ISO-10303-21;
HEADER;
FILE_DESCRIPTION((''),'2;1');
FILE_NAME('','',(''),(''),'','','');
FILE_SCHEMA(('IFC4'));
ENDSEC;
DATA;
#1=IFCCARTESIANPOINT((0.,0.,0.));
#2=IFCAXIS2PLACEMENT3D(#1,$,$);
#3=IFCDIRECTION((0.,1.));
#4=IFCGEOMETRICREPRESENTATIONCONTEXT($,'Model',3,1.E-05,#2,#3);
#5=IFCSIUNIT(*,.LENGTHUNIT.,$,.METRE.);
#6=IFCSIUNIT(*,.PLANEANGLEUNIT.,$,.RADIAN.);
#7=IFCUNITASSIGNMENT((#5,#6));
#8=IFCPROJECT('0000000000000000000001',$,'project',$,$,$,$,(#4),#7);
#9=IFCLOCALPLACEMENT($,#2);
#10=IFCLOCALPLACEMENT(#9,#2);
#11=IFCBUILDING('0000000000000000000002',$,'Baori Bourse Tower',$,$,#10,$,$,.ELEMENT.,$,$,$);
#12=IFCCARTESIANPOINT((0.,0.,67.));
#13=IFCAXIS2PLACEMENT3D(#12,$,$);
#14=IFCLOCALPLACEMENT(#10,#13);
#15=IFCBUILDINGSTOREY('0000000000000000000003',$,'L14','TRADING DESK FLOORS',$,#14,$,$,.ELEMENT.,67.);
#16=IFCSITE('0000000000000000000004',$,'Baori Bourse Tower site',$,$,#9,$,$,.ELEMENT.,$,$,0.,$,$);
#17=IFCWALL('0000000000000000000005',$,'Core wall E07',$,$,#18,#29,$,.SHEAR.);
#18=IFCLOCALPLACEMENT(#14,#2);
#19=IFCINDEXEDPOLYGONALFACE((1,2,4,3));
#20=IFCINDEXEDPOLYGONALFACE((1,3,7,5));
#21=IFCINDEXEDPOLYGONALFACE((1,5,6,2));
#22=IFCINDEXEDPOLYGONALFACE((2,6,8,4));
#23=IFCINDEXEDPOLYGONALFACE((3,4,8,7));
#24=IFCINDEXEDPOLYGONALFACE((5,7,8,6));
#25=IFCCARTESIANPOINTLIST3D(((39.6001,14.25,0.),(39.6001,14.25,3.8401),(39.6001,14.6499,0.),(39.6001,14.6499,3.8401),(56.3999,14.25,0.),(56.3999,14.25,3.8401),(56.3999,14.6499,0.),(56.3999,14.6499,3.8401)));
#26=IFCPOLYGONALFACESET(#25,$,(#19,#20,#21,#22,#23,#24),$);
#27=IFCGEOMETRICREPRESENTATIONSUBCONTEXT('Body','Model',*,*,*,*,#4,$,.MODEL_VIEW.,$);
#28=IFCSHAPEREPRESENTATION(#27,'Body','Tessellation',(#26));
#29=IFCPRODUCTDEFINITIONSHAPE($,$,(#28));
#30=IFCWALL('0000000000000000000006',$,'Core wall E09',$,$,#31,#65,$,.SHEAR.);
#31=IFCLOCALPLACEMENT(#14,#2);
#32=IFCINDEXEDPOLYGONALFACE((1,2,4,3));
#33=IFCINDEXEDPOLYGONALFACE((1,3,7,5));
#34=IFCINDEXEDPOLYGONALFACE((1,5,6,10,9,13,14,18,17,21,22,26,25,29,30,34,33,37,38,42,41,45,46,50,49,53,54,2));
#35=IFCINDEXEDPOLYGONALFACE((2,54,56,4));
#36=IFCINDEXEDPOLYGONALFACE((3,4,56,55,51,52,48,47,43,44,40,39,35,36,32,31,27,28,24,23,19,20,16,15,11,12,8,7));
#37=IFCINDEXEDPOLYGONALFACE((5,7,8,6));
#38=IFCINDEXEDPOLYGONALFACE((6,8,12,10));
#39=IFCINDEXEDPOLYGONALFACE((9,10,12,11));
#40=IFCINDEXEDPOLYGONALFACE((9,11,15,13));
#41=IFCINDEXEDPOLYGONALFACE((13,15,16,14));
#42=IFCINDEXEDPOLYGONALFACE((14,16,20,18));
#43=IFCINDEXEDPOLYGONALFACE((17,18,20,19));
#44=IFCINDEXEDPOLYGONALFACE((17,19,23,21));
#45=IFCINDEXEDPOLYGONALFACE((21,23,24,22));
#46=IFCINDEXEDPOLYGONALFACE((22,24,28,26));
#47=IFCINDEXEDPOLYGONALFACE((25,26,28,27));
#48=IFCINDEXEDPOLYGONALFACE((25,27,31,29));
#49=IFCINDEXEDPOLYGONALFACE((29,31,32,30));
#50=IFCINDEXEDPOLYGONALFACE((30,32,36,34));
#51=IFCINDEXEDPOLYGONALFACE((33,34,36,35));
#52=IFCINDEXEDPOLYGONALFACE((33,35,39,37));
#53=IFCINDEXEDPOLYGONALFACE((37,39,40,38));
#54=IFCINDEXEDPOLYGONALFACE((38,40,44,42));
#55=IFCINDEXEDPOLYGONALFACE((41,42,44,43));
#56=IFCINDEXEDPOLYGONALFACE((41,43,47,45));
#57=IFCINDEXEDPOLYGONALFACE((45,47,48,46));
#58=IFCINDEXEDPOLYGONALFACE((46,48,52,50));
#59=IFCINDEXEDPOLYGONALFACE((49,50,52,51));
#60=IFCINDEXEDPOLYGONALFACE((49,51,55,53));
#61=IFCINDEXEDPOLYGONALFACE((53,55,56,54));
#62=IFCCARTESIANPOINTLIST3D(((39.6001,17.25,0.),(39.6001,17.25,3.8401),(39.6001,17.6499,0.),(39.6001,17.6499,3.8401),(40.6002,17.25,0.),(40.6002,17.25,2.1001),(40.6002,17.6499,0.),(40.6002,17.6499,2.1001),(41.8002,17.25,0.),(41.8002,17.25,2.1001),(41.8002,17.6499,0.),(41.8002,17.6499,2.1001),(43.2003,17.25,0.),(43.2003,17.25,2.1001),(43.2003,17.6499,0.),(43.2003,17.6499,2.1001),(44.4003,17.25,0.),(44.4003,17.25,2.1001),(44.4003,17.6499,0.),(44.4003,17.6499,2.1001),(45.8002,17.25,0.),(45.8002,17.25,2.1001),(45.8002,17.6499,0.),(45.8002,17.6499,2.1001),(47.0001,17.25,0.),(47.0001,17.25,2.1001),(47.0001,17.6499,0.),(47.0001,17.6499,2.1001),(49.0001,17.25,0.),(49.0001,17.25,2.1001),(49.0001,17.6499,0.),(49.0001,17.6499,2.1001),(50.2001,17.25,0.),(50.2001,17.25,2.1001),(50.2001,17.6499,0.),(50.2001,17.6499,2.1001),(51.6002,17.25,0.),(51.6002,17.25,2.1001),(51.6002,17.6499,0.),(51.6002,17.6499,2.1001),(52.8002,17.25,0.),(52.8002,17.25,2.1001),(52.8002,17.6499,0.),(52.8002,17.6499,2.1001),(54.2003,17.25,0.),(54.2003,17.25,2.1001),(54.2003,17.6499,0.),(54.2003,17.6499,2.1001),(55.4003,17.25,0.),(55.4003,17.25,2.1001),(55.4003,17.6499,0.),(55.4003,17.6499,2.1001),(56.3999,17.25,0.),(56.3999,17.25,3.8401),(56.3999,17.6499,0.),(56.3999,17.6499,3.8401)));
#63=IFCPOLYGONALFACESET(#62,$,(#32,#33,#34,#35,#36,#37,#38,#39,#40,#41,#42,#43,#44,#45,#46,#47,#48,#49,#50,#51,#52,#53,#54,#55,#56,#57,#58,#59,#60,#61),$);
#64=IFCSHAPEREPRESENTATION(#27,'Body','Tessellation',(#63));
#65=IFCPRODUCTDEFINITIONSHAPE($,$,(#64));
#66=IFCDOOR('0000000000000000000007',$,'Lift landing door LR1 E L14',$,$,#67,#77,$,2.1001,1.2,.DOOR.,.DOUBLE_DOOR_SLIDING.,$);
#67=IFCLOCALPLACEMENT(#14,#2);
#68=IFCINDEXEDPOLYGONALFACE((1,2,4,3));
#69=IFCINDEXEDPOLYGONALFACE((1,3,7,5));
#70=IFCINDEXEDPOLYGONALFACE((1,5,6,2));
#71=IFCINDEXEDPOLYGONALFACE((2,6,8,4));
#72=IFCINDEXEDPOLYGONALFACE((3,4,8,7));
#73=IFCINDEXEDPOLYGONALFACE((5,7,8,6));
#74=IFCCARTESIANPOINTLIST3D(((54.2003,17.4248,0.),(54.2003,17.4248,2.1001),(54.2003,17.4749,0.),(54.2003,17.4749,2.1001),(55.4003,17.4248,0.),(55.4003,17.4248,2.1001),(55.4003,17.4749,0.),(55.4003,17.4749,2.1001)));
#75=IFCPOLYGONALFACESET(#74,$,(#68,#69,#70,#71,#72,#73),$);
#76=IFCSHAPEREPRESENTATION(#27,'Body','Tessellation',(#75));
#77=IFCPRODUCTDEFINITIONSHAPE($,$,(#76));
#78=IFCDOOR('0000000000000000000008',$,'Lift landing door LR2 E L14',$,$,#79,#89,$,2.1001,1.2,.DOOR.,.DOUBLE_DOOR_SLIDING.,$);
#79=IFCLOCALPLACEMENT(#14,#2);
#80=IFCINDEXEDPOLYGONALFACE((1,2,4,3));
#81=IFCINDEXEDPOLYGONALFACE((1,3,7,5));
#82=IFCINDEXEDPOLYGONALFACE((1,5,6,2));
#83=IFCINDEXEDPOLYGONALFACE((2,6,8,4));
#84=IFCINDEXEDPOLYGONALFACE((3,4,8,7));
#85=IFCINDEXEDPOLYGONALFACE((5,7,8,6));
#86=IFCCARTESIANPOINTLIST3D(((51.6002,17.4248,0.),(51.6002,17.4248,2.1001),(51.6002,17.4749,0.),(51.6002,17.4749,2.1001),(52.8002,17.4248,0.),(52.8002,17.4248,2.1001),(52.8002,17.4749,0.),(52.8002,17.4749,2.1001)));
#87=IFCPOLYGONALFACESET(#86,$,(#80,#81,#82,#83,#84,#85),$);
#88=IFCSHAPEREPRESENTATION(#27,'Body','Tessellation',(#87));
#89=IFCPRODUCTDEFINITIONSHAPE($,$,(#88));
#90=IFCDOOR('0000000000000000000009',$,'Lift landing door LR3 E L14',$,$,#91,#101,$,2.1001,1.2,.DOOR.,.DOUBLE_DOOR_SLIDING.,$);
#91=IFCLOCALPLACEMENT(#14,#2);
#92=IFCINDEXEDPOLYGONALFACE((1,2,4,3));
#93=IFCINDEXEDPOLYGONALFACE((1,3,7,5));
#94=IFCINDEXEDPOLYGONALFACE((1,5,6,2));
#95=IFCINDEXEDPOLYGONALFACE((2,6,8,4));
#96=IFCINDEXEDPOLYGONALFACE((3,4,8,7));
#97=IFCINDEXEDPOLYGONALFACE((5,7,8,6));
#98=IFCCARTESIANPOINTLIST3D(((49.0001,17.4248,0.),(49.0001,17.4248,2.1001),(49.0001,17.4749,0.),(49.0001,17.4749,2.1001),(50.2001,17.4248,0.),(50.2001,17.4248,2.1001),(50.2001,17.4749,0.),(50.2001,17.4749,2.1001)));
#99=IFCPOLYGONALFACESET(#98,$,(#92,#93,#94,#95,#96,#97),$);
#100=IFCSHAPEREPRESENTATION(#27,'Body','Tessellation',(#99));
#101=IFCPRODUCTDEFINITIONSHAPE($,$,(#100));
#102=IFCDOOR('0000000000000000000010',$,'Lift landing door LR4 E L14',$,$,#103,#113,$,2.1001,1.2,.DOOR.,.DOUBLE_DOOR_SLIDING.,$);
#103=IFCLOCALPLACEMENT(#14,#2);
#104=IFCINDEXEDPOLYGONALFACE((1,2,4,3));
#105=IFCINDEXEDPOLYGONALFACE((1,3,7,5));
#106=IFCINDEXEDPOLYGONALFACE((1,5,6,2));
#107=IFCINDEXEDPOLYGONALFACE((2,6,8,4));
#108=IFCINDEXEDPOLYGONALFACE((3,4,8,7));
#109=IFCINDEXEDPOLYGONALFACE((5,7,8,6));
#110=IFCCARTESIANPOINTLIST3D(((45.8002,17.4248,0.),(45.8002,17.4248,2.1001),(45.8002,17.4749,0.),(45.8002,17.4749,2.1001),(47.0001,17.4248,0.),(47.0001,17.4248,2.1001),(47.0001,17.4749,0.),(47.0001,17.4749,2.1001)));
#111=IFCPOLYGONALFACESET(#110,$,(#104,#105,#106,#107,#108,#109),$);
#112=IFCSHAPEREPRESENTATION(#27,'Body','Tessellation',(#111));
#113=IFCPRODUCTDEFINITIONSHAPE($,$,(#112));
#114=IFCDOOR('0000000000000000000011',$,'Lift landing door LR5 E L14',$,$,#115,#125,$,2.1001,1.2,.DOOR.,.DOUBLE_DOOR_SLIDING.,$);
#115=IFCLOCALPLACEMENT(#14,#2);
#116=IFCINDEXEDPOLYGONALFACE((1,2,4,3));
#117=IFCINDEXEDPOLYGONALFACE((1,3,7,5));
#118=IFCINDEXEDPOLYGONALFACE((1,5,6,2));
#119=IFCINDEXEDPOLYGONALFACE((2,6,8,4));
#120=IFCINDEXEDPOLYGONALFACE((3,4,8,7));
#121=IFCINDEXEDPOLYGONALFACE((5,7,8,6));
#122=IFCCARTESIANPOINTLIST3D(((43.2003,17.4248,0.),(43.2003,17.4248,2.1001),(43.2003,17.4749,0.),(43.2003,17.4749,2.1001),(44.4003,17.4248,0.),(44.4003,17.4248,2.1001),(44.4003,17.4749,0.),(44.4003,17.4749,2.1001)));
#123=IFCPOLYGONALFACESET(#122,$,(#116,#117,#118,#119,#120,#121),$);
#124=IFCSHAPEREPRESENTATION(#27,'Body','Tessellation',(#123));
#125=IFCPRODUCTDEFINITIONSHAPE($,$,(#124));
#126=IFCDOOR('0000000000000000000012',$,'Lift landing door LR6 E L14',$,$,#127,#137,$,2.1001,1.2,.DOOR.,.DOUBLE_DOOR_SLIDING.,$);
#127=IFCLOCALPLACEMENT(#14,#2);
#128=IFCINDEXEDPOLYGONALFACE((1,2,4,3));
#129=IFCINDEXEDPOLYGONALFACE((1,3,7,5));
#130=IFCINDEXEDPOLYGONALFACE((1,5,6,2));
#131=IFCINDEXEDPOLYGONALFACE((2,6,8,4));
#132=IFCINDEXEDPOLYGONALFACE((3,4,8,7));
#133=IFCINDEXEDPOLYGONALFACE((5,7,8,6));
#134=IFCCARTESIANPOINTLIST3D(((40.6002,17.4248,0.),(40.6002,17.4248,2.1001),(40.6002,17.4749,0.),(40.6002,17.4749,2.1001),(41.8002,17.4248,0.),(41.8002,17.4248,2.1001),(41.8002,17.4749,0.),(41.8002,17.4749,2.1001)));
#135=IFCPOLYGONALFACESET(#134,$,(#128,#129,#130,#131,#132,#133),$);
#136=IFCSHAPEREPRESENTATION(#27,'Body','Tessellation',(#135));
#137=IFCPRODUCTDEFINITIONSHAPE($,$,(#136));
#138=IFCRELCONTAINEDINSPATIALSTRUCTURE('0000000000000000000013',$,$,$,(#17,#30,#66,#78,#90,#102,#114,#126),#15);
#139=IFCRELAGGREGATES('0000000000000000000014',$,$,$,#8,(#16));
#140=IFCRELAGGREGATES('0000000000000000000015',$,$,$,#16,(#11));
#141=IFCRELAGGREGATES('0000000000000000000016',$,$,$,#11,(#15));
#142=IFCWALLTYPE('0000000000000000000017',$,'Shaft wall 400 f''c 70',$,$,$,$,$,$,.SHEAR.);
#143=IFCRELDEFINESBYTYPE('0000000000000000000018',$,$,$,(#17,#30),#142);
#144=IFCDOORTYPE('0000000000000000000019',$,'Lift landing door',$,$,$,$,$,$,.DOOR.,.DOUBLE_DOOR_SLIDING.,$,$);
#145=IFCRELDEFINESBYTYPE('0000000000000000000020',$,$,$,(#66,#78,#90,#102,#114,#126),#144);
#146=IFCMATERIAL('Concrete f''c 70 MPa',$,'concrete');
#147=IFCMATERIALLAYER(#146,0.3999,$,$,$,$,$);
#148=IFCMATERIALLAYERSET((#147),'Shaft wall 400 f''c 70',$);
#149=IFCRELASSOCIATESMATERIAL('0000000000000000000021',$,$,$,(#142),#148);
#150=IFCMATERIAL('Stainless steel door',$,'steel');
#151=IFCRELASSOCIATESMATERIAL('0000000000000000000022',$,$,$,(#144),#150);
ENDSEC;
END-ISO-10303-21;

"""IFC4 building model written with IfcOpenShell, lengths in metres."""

from ifc_helpers import new_model, si_unit, direction, frame, frame_2d, origin, place, context, subcontext, project, spatial, rectangle, extrude, material, layer, layer_set, type_object, element, fill, save


model = new_model("IFC4")

# Units and contexts
model_context = context("Model", 3, precision=1e-05, world=origin(), true_north=direction((0.0, 1.0)))
body_context = subcontext(model_context, "Body", "Model", "MODEL_VIEW")
ifc_project = project(units=[si_unit("LENGTHUNIT", "METRE"), si_unit("PLANEANGLEUNIT", "RADIAN")], contexts=[model_context])

# Site, building, storey
site_placement = place(None, origin())
site = spatial("IfcSite", under=ifc_project, at=site_placement, Name="Baori Bourse Tower site", CompositionType="ELEMENT", RefElevation=0.0)
building_placement = place(site_placement, origin())
building = spatial("IfcBuilding", under=site, at=building_placement, Name="Baori Bourse Tower", CompositionType="ELEMENT")
storey_placement = place(building_placement, frame((0.0, 0.0, 67.0)))
storey = spatial("IfcBuildingStorey", under=building, at=storey_placement, Name="L14", Description="TRADING DESK FLOORS", CompositionType="ELEMENT", Elevation=67.0)

# Wall
ifc_material_1 = material(Name="Concrete f'c 70 MPa", Category="concrete")
ifc_layer_1 = layer(ifc_material_1, 0.3999)
ifc_layer_set_1 = layer_set([ifc_layer_1], Name="Shaft wall 400 f'c 70")
wall_type_1 = type_object("IfcWallType", Name="Shaft wall 400 f'c 70", PredefinedType="SHEAR", material=ifc_layer_set_1)
wall_1_placement = place(storey_placement, frame((39.6001, 14.45, 0.0), z_axis=(0.0, 0.0, 1.0), x_axis=(1.0, 0.0, 0.0)))
element("IfcWall", 1, at=wall_1_placement, inside=storey, type_object=wall_type_1, Name="Core wall E07", PredefinedType="SHEAR", context=body_context, shape_type="SweptSolid", body=[
    extrude(rectangle(XDim=16.7998, YDim=0.3999, at=frame_2d((8.3999, 0.0))), origin(), (0.0, 0.0, 1.0), 3.8401),
])

# Wall, openings, doors
wall_2_placement = place(storey_placement, frame((39.6001, 17.45, 0.0), z_axis=(0.0, 0.0, 1.0), x_axis=(1.0, 0.0, 0.0)))
wall_2 = element("IfcWall", 2, at=wall_2_placement, inside=storey, type_object=wall_type_1, Name="Core wall E09", PredefinedType="SHEAR", context=body_context, shape_type="SweptSolid", body=[
    extrude(rectangle(XDim=16.7998, YDim=0.3999, at=frame_2d((8.3999, 0.0))), origin(), (0.0, 0.0, 1.0), 3.8401),
])
opening_1_placement = place(wall_2_placement, frame((14.6001, 0.0, 0.0)))
opening_1 = element("IfcOpeningElement", 3, at=opening_1_placement, cuts=wall_2, PredefinedType="OPENING", context=body_context, shape_type="SweptSolid", body=[
    extrude(rectangle(XDim=1.2, YDim=2.1001, at=frame_2d((0.6001, 1.05))), frame((0.0, 0.21, 0.0), z_axis=(0.0, -1.0, 0.0), x_axis=(1.0, 0.0, 0.0)), (0.0, 0.0, 1.0), 0.4199),
])
opening_2_placement = place(wall_2_placement, frame((12.0, 0.0, 0.0)))
opening_2 = element("IfcOpeningElement", 4, at=opening_2_placement, cuts=wall_2, PredefinedType="OPENING", context=body_context, shape_type="SweptSolid", body=[
    extrude(rectangle(XDim=1.2, YDim=2.1001, at=frame_2d((0.6001, 1.05))), frame((0.0, 0.21, 0.0), z_axis=(0.0, -1.0, 0.0), x_axis=(1.0, 0.0, 0.0)), (0.0, 0.0, 1.0), 0.4199),
])
opening_3_placement = place(wall_2_placement, frame((9.3999, 0.0, 0.0)))
opening_3 = element("IfcOpeningElement", 5, at=opening_3_placement, cuts=wall_2, PredefinedType="OPENING", context=body_context, shape_type="SweptSolid", body=[
    extrude(rectangle(XDim=1.2, YDim=2.1001, at=frame_2d((0.6001, 1.05))), frame((0.0, 0.21, 0.0), z_axis=(0.0, -1.0, 0.0), x_axis=(1.0, 0.0, 0.0)), (0.0, 0.0, 1.0), 0.4199),
])
opening_4_placement = place(wall_2_placement, frame((6.2, 0.0, 0.0)))
opening_4 = element("IfcOpeningElement", 6, at=opening_4_placement, cuts=wall_2, PredefinedType="OPENING", context=body_context, shape_type="SweptSolid", body=[
    extrude(rectangle(XDim=1.2, YDim=2.1001, at=frame_2d((0.6001, 1.05))), frame((0.0, 0.21, 0.0), z_axis=(0.0, -1.0, 0.0), x_axis=(1.0, 0.0, 0.0)), (0.0, 0.0, 1.0), 0.4199),
])
opening_5_placement = place(wall_2_placement, frame((3.6001, 0.0, 0.0)))
opening_5 = element("IfcOpeningElement", 7, at=opening_5_placement, cuts=wall_2, PredefinedType="OPENING", context=body_context, shape_type="SweptSolid", body=[
    extrude(rectangle(XDim=1.2, YDim=2.1001, at=frame_2d((0.6001, 1.05))), frame((0.0, 0.21, 0.0), z_axis=(0.0, -1.0, 0.0), x_axis=(1.0, 0.0, 0.0)), (0.0, 0.0, 1.0), 0.4199),
])
opening_6_placement = place(wall_2_placement, frame((1.0, 0.0, 0.0)))
opening_6 = element("IfcOpeningElement", 8, at=opening_6_placement, cuts=wall_2, PredefinedType="OPENING", context=body_context, shape_type="SweptSolid", body=[
    extrude(rectangle(XDim=1.2, YDim=2.1001, at=frame_2d((0.6001, 1.05))), frame((0.0, 0.21, 0.0), z_axis=(0.0, -1.0, 0.0), x_axis=(1.0, 0.0, 0.0)), (0.0, 0.0, 1.0), 0.4199),
])
ifc_material_2 = material(Name="Stainless steel door", Category="steel")
door_type_1 = type_object("IfcDoorType", Name="Lift landing door", OperationType="DOUBLE_DOOR_SLIDING", PredefinedType="DOOR", material=ifc_material_2)
door_1_placement = place(opening_1_placement, origin())
door_1 = element("IfcDoor", 9, at=door_1_placement, inside=storey, type_object=door_type_1, Name="Lift landing door LR1 E L14", OperationType="DOUBLE_DOOR_SLIDING", OverallHeight=2.1001, OverallWidth=1.2, PredefinedType="DOOR", context=body_context, shape_type="SweptSolid", body=[
    extrude(rectangle(XDim=1.2, YDim=2.1001, at=frame_2d((0.6001, 1.05))), frame((0.0, 0.0249, 0.0), z_axis=(0.0, -1.0, 0.0), x_axis=(1.0, 0.0, 0.0)), (0.0, 0.0, 1.0), 0.05),
])
fill(opening_1, door_1)
door_2_placement = place(opening_2_placement, origin())
door_2 = element("IfcDoor", 10, at=door_2_placement, inside=storey, type_object=door_type_1, Name="Lift landing door LR2 E L14", OperationType="DOUBLE_DOOR_SLIDING", OverallHeight=2.1001, OverallWidth=1.2, PredefinedType="DOOR", context=body_context, shape_type="SweptSolid", body=[
    extrude(rectangle(XDim=1.2, YDim=2.1001, at=frame_2d((0.6001, 1.05))), frame((0.0, 0.0249, 0.0), z_axis=(0.0, -1.0, 0.0), x_axis=(1.0, 0.0, 0.0)), (0.0, 0.0, 1.0), 0.05),
])
fill(opening_2, door_2)
door_3_placement = place(opening_3_placement, origin())
door_3 = element("IfcDoor", 11, at=door_3_placement, inside=storey, type_object=door_type_1, Name="Lift landing door LR3 E L14", OperationType="DOUBLE_DOOR_SLIDING", OverallHeight=2.1001, OverallWidth=1.2, PredefinedType="DOOR", context=body_context, shape_type="SweptSolid", body=[
    extrude(rectangle(XDim=1.2, YDim=2.1001, at=frame_2d((0.6001, 1.05))), frame((0.0, 0.0249, 0.0), z_axis=(0.0, -1.0, 0.0), x_axis=(1.0, 0.0, 0.0)), (0.0, 0.0, 1.0), 0.05),
])
fill(opening_3, door_3)
door_4_placement = place(opening_4_placement, origin())
door_4 = element("IfcDoor", 12, at=door_4_placement, inside=storey, type_object=door_type_1, Name="Lift landing door LR4 E L14", OperationType="DOUBLE_DOOR_SLIDING", OverallHeight=2.1001, OverallWidth=1.2, PredefinedType="DOOR", context=body_context, shape_type="SweptSolid", body=[
    extrude(rectangle(XDim=1.2, YDim=2.1001, at=frame_2d((0.6001, 1.05))), frame((0.0, 0.0249, 0.0), z_axis=(0.0, -1.0, 0.0), x_axis=(1.0, 0.0, 0.0)), (0.0, 0.0, 1.0), 0.05),
])
fill(opening_4, door_4)
door_5_placement = place(opening_5_placement, origin())
door_5 = element("IfcDoor", 13, at=door_5_placement, inside=storey, type_object=door_type_1, Name="Lift landing door LR5 E L14", OperationType="DOUBLE_DOOR_SLIDING", OverallHeight=2.1001, OverallWidth=1.2, PredefinedType="DOOR", context=body_context, shape_type="SweptSolid", body=[
    extrude(rectangle(XDim=1.2, YDim=2.1001, at=frame_2d((0.6001, 1.05))), frame((0.0, 0.0249, 0.0), z_axis=(0.0, -1.0, 0.0), x_axis=(1.0, 0.0, 0.0)), (0.0, 0.0, 1.0), 0.05),
])
fill(opening_5, door_5)
door_6_placement = place(opening_6_placement, origin())
door_6 = element("IfcDoor", 14, at=door_6_placement, inside=storey, type_object=door_type_1, Name="Lift landing door LR6 E L14", OperationType="DOUBLE_DOOR_SLIDING", OverallHeight=2.1001, OverallWidth=1.2, PredefinedType="DOOR", context=body_context, shape_type="SweptSolid", body=[
    extrude(rectangle(XDim=1.2, YDim=2.1001, at=frame_2d((0.6001, 1.05))), frame((0.0, 0.0249, 0.0), z_axis=(0.0, -1.0, 0.0), x_axis=(1.0, 0.0, 0.0)), (0.0, 0.0, 1.0), 0.05),
])
fill(opening_6, door_6)

save(model, "model.ifc")
